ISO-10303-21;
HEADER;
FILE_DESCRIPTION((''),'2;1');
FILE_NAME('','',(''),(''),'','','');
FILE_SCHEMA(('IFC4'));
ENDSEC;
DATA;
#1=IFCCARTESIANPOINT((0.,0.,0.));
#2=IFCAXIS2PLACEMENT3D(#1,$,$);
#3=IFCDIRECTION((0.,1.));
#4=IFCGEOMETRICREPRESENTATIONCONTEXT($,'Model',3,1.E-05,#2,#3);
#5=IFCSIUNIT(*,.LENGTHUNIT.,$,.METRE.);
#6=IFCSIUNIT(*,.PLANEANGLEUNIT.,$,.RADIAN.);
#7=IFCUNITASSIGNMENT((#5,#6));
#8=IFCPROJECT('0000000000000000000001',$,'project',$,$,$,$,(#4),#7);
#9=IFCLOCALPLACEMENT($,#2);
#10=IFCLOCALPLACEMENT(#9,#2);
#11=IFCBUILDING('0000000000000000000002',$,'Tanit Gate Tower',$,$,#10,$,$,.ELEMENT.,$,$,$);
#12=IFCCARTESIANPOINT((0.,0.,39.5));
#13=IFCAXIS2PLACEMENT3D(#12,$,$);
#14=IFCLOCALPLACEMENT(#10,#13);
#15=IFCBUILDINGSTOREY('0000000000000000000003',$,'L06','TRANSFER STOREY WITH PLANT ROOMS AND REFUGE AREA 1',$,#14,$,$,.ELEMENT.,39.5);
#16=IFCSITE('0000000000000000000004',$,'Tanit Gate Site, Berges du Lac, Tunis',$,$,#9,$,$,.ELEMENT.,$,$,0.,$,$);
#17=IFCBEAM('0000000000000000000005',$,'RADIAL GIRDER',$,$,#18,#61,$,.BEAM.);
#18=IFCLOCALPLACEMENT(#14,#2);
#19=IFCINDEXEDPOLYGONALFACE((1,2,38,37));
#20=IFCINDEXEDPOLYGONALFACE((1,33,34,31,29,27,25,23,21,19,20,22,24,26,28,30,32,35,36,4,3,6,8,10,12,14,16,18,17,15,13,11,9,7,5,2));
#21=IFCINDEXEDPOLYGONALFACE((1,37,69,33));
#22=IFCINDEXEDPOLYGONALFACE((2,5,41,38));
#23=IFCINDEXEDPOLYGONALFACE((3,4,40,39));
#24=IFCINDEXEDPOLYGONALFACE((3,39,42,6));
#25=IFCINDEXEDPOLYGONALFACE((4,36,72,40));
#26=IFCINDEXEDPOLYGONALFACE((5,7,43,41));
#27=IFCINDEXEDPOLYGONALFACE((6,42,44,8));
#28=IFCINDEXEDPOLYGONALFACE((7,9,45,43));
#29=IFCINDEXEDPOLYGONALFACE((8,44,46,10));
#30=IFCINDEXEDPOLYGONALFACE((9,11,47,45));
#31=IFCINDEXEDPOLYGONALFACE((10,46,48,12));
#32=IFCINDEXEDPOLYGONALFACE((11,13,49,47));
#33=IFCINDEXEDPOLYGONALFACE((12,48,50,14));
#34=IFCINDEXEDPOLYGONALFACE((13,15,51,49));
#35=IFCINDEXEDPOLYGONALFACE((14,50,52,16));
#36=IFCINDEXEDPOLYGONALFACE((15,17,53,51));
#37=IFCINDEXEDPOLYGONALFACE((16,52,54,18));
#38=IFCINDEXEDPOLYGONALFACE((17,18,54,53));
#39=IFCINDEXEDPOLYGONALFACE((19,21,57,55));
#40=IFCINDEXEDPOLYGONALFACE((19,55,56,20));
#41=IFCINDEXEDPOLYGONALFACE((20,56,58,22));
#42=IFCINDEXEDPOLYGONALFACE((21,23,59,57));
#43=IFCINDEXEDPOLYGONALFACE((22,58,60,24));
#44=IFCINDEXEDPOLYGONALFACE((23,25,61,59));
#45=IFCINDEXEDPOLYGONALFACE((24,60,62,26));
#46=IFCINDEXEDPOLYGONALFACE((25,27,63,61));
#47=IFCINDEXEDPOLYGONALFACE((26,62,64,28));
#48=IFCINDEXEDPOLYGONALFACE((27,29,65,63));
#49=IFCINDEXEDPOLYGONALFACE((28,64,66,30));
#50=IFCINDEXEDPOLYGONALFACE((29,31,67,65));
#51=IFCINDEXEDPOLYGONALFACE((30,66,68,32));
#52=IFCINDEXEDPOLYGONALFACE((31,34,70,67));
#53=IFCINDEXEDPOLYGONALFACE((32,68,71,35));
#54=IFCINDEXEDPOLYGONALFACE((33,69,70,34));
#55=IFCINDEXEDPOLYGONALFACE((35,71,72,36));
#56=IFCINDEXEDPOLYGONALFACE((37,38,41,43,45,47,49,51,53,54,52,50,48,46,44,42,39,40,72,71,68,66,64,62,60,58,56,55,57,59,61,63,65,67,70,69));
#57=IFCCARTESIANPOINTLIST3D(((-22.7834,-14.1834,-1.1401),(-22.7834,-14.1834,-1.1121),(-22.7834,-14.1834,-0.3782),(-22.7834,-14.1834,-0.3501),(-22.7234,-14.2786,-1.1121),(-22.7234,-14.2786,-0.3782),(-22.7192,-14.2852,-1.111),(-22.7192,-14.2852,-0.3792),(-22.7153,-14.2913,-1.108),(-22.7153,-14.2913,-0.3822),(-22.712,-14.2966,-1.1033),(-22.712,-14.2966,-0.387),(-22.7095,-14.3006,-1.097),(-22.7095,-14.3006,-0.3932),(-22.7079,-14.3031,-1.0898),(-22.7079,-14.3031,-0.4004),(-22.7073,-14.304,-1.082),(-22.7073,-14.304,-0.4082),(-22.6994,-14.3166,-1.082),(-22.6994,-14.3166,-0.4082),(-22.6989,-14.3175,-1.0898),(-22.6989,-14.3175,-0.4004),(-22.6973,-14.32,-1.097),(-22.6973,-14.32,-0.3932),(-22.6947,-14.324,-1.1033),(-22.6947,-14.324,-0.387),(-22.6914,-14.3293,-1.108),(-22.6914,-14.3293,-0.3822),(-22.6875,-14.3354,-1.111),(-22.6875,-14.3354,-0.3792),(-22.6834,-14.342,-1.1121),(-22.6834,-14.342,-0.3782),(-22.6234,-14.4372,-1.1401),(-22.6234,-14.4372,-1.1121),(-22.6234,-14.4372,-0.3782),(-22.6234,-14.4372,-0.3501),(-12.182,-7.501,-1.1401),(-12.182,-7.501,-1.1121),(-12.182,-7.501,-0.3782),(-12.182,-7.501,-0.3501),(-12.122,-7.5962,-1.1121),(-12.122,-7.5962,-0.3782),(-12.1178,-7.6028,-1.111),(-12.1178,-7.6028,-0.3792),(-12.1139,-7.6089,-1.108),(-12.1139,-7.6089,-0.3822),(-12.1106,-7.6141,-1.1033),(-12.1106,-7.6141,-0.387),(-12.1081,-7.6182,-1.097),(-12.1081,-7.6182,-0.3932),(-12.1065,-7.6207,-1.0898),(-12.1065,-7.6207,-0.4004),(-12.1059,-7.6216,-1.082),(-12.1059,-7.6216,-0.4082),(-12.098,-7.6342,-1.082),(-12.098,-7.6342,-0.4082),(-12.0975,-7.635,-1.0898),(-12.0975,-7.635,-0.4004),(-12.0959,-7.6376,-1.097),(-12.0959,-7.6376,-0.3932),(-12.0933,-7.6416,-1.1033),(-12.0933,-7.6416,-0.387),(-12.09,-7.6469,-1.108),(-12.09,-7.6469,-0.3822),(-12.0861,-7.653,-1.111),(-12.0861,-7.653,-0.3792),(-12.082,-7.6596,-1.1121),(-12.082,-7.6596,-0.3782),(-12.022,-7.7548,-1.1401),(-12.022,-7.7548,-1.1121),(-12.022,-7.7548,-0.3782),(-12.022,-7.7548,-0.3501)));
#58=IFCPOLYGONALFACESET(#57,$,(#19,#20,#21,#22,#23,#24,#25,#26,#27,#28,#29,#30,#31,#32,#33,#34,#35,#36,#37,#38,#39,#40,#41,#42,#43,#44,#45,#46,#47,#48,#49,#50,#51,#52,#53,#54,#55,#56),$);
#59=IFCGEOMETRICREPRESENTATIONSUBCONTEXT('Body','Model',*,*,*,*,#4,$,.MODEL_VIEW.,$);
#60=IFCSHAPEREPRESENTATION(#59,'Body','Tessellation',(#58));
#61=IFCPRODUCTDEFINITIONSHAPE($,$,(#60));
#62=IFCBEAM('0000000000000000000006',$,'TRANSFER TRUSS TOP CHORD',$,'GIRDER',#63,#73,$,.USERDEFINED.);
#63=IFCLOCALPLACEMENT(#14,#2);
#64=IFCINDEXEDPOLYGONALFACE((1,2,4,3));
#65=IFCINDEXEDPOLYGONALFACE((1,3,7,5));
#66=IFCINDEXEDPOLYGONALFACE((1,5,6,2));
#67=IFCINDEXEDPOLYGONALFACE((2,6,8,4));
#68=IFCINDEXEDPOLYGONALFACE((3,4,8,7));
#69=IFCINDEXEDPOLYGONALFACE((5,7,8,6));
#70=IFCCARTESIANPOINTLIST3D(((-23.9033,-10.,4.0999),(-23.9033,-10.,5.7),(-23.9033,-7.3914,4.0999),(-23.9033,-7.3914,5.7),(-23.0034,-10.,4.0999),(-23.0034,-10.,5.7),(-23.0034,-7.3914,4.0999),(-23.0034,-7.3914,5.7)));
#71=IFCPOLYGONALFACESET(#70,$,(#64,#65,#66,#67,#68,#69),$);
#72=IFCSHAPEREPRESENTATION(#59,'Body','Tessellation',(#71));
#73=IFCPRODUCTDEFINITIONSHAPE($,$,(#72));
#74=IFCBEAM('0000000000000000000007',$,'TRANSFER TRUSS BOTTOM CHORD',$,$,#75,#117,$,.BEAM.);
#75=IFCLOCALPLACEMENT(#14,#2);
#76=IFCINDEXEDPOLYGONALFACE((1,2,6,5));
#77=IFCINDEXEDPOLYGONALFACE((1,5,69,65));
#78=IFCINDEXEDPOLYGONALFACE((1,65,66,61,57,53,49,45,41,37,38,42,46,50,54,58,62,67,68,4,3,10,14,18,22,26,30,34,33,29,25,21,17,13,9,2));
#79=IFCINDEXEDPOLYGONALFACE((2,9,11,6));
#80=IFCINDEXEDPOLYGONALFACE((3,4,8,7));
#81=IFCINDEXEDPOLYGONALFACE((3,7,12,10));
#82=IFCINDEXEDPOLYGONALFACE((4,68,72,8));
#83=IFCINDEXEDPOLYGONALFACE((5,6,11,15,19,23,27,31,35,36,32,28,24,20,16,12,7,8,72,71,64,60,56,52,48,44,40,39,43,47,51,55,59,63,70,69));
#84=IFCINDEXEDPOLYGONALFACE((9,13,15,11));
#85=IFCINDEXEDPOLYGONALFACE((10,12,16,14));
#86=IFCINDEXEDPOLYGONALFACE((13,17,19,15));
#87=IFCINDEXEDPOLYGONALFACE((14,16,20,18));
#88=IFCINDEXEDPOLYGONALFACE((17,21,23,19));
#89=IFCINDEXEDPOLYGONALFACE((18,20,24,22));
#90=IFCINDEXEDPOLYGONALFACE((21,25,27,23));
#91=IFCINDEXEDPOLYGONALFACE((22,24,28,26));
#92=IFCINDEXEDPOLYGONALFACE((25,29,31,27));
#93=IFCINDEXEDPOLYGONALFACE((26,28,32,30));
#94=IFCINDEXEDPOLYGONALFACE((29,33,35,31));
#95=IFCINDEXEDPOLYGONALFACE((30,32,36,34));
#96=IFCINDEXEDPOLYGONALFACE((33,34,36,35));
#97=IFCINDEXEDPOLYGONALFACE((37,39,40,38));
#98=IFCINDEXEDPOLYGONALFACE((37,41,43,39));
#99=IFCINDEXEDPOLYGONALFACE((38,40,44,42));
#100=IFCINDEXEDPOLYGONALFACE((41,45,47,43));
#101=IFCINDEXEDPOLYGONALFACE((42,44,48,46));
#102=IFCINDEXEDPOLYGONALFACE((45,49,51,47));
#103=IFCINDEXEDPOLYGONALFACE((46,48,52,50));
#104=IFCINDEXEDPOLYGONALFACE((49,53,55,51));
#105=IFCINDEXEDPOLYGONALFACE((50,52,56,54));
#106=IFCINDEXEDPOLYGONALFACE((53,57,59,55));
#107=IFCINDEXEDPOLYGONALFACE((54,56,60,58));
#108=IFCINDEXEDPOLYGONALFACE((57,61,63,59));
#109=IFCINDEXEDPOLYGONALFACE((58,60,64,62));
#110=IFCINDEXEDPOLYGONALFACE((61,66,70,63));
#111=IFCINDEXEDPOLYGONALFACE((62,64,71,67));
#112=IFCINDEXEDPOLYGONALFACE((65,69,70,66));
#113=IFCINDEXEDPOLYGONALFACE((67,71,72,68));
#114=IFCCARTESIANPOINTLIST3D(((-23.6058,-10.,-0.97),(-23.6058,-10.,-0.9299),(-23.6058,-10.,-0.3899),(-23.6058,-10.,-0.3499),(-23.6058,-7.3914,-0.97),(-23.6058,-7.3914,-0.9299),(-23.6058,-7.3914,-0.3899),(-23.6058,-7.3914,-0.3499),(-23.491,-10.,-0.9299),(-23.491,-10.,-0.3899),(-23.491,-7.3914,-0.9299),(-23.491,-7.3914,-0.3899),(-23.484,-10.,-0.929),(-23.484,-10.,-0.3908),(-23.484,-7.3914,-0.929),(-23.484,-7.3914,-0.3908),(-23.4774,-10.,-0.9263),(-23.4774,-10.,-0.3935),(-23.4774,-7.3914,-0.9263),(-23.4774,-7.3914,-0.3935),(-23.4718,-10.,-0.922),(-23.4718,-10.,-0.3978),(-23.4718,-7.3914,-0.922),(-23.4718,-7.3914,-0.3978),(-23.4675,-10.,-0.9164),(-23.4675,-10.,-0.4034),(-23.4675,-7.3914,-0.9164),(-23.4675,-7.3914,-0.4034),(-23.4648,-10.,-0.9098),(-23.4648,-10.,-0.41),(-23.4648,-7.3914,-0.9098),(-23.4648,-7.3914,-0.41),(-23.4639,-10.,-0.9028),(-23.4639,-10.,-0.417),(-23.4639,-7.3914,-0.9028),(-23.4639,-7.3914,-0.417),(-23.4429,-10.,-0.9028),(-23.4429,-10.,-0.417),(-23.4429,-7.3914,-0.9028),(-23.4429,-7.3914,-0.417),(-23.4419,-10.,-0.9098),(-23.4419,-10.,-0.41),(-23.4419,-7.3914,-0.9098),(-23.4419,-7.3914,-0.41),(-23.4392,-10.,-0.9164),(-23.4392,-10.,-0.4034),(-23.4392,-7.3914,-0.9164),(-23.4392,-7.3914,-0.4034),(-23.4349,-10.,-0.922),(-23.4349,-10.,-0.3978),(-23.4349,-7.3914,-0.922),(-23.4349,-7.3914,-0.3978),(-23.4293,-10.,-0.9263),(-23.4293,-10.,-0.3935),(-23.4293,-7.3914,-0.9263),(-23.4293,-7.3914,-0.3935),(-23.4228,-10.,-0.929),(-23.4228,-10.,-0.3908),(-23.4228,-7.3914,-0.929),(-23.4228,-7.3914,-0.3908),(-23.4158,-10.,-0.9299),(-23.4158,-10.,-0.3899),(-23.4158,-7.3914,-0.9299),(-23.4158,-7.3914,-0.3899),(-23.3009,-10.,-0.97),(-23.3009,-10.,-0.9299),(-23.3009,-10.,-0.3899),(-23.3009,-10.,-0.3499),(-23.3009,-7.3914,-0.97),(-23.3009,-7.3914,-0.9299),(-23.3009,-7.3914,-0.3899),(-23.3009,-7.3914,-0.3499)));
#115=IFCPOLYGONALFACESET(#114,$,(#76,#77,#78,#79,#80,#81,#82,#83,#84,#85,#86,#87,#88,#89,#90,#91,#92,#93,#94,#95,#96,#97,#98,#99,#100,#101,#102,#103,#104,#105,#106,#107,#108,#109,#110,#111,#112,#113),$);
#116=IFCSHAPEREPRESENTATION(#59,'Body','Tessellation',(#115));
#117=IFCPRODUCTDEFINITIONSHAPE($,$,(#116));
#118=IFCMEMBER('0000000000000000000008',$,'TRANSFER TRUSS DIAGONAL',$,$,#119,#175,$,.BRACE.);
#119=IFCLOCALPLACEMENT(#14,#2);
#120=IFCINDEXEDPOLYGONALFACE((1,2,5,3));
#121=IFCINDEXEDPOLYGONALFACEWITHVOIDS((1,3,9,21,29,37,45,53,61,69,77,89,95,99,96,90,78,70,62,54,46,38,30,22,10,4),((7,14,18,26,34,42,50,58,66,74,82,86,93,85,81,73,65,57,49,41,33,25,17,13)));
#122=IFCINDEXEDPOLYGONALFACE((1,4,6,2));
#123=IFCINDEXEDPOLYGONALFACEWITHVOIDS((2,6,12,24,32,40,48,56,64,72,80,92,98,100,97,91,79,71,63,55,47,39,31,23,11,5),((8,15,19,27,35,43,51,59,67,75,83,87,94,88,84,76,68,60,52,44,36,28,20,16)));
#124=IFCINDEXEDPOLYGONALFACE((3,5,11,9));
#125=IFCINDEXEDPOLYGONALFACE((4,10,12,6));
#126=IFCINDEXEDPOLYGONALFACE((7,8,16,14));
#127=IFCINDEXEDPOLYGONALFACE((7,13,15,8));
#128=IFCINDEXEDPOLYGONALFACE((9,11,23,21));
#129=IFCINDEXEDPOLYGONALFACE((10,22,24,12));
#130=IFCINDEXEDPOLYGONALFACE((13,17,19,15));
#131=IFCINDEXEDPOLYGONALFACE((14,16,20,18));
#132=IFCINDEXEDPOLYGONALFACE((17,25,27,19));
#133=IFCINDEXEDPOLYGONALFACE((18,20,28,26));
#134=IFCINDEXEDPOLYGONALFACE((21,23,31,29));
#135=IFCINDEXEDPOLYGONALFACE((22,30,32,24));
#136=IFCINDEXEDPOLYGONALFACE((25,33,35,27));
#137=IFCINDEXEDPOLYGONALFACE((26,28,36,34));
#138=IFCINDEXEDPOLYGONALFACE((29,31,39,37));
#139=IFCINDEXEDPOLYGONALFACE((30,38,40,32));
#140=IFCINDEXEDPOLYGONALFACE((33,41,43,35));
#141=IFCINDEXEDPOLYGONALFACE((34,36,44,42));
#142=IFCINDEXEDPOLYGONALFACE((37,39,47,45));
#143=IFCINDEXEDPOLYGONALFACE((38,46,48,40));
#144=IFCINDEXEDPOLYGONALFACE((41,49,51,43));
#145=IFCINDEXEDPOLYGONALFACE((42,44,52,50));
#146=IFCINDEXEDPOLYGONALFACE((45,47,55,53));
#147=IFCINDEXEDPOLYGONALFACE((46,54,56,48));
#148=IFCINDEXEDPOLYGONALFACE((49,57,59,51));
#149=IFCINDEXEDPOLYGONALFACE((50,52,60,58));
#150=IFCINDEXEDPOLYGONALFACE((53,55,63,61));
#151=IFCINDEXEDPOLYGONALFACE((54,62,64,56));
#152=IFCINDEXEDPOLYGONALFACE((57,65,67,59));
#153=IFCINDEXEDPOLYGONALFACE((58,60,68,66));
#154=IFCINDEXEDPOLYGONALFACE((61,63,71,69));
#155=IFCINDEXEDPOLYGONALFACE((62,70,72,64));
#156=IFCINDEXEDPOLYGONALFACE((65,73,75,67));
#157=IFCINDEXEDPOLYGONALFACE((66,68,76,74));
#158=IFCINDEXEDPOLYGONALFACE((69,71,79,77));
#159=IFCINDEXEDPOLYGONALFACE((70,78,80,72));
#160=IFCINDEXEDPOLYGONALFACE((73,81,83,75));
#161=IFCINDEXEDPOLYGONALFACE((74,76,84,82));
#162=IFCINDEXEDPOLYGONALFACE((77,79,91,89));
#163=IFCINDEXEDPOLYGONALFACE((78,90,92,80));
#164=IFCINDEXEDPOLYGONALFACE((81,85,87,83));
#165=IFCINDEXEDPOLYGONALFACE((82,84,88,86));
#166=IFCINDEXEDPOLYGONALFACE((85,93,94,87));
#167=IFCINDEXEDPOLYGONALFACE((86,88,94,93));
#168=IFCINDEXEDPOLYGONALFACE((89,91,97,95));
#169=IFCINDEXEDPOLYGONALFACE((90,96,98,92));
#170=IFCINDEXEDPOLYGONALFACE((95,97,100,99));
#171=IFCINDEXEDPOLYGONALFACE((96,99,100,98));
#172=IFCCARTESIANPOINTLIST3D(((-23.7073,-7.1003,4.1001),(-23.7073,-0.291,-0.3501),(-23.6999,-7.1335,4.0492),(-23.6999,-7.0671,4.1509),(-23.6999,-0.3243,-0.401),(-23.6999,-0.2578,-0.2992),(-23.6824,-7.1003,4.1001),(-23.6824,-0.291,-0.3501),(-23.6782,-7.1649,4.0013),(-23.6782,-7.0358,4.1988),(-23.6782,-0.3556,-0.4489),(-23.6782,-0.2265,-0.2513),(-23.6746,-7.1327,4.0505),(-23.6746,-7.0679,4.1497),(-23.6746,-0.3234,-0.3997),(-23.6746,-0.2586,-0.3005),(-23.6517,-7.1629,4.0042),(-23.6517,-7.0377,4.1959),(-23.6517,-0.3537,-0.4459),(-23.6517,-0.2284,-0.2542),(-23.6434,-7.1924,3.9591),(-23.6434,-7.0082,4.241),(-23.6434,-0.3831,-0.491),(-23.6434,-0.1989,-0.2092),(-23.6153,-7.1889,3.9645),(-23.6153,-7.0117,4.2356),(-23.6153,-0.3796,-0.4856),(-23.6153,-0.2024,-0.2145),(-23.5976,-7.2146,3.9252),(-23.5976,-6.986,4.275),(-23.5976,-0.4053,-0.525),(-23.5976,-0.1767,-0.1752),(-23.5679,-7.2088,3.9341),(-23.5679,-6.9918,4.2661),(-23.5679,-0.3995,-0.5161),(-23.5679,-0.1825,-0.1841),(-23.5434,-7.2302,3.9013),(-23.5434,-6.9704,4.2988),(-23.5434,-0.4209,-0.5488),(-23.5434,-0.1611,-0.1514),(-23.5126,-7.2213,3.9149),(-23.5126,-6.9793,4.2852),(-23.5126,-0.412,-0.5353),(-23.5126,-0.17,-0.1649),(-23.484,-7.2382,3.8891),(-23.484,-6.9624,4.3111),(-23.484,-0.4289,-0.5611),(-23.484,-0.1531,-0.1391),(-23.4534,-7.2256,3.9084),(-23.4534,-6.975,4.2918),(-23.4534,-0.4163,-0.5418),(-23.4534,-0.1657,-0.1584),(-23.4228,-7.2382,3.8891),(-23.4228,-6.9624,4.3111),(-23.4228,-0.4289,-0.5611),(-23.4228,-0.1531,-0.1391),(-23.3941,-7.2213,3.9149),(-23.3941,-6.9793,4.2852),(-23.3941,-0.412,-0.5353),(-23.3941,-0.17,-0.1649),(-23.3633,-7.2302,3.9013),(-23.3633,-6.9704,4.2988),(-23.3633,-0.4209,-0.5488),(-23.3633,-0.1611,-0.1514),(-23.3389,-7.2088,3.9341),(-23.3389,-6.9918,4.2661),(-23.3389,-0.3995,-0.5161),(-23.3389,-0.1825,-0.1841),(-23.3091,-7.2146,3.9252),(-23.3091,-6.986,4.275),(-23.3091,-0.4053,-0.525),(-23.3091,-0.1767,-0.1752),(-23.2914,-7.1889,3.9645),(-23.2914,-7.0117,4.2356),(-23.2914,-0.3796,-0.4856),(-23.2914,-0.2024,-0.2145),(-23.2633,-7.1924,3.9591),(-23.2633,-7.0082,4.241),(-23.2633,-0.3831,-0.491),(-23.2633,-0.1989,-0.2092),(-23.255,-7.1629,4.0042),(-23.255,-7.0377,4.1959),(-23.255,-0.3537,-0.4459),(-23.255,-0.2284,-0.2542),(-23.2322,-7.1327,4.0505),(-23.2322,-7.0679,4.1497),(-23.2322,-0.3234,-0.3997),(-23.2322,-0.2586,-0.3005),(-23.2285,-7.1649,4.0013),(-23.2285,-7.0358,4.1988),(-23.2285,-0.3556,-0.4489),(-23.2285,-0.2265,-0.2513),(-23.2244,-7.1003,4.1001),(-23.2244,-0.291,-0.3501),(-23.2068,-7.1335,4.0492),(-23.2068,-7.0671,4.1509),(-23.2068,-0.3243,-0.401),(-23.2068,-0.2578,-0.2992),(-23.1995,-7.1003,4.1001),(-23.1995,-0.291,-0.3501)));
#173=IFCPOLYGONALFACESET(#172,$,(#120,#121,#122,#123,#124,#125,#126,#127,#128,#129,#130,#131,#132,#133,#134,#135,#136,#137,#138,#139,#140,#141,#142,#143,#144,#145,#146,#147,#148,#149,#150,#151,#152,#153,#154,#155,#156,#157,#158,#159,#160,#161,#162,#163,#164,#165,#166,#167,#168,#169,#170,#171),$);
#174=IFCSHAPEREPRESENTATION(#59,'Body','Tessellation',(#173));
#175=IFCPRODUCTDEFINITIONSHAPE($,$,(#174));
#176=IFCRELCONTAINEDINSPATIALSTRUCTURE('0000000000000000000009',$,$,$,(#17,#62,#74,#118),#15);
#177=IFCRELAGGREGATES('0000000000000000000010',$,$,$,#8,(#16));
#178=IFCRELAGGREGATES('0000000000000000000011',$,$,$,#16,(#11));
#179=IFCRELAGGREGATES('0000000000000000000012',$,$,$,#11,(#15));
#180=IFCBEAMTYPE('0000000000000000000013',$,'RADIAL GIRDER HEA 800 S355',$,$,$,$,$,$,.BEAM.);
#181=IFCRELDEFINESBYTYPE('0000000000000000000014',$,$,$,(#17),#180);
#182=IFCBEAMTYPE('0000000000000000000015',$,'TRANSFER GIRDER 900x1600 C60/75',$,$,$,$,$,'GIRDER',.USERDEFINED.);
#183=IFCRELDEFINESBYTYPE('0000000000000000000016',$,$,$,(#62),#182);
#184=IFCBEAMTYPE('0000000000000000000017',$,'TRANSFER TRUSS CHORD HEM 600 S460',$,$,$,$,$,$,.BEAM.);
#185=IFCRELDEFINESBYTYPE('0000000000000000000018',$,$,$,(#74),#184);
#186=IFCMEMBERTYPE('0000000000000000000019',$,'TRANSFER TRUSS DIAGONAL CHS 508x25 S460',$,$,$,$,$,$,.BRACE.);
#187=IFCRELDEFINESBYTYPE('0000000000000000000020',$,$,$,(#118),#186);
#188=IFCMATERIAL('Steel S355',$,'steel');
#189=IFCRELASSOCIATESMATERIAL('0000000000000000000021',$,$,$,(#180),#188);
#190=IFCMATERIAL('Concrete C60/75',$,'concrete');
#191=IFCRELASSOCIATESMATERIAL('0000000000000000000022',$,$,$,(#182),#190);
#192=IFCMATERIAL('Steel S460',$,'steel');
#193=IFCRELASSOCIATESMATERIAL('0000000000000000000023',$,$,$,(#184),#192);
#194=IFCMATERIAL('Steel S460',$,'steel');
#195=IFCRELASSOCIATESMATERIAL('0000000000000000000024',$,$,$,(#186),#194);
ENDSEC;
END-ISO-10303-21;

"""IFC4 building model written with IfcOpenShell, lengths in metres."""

from ifc_helpers import new_model, si_unit, direction, frame, origin, origin_2d, place, context, subcontext, project, spatial, rectangle, hollow_circle, i_section, extrude, material, material_profile, profile_set, type_object, element, save


model = new_model("IFC4")

# Units and contexts
model_context = context("Model", 3, precision=1e-05, world=origin(), true_north=direction((0.0, 1.0)))
body_context = subcontext(model_context, "Body", "Model", "MODEL_VIEW")
ifc_project = project(units=[si_unit("LENGTHUNIT", "METRE"), si_unit("PLANEANGLEUNIT", "RADIAN")], contexts=[model_context])

# Site, building, storey
site_placement = place(None, origin())
site = spatial("IfcSite", under=ifc_project, at=site_placement, Name="Tanit Gate Site, Berges du Lac, Tunis", CompositionType="ELEMENT", RefElevation=0.0)
building_placement = place(site_placement, origin())
building = spatial("IfcBuilding", under=site, at=building_placement, Name="Tanit Gate Tower", CompositionType="ELEMENT")
storey_placement = place(building_placement, frame((0.0, 0.0, 39.5)))
storey = spatial("IfcBuildingStorey", under=building, at=storey_placement, Name="L06", Description="TRANSFER STOREY WITH PLANT ROOMS AND REFUGE AREA 1", CompositionType="ELEMENT", Elevation=39.5)

# Beams
ifc_material_1 = material(Name="Steel S355", Category="steel")
ifc_material_profile_1 = material_profile(ifc_material_1, i_section(OverallWidth=0.3, OverallDepth=0.79, WebThickness=0.0149, FlangeThickness=0.0281, FilletRadius=0.03, at=origin_2d()), Name="HEA 800")
ifc_profile_set_1 = profile_set([ifc_material_profile_1], Name="Steel S355")
beam_type_1 = type_object("IfcBeamType", Name="RADIAL GIRDER HEA 800 S355", PredefinedType="BEAM", material=ifc_profile_set_1)
beam_1_placement = place(storey_placement, frame((-22.7034, -14.3103, -0.7451), z_axis=(0.845964, 0.53324, 0.0), x_axis=(-0.53324, 0.845964, 0.0)))
element("IfcBeam", 1, at=beam_1_placement, inside=storey, type_object=beam_type_1, Name="RADIAL GIRDER", PredefinedType="BEAM", context=body_context, shape_type="SweptSolid", body=[
    extrude(i_section(OverallWidth=0.3, OverallDepth=0.79, WebThickness=0.0149, FlangeThickness=0.0281, FilletRadius=0.03, at=origin_2d()), origin(), (0.0, 0.0, 1.0), 12.5317),
])
ifc_material_2 = material(Name="Concrete C60/75", Category="concrete")
ifc_material_profile_2 = material_profile(ifc_material_2, rectangle(XDim=0.8999, YDim=1.6001, at=origin_2d()), Name="RC 900x1600")
ifc_profile_set_2 = profile_set([ifc_material_profile_2], Name="Concrete C60/75")
beam_type_2 = type_object("IfcBeamType", Name="TRANSFER GIRDER 900x1600 C60/75", ElementType="GIRDER", PredefinedType="USERDEFINED", material=ifc_profile_set_2)
beam_2_placement = place(storey_placement, frame((-23.4534, -7.3914, 4.8999), z_axis=(0.0, -1.0, 0.0), x_axis=(1.0, 0.0, 0.0)))
element("IfcBeam", 2, at=beam_2_placement, inside=storey, type_object=beam_type_2, Name="TRANSFER TRUSS TOP CHORD", ObjectType="GIRDER", PredefinedType="USERDEFINED", context=body_context, shape_type="SweptSolid", body=[
    extrude(rectangle(XDim=0.8999, YDim=1.6001, at=origin_2d()), origin(), (0.0, 0.0, 1.0), 2.6086),
])
ifc_material_3 = material(Name="Steel S460", Category="steel")
ifc_material_profile_3 = material_profile(ifc_material_3, i_section(OverallWidth=0.3049, OverallDepth=0.6201, WebThickness=0.021, FlangeThickness=0.04, FilletRadius=0.0271, at=origin_2d()), Name="HEM 600")
ifc_profile_set_3 = profile_set([ifc_material_profile_3], Name="Steel S460")
beam_type_3 = type_object("IfcBeamType", Name="TRANSFER TRUSS CHORD HEM 600 S460", PredefinedType="BEAM", material=ifc_profile_set_3)
beam_3_placement = place(storey_placement, frame((-23.4534, -7.3914, -0.6599), z_axis=(0.0, -1.0, 0.0), x_axis=(1.0, 0.0, 0.0)))
element("IfcBeam", 3, at=beam_3_placement, inside=storey, type_object=beam_type_3, Name="TRANSFER TRUSS BOTTOM CHORD", PredefinedType="BEAM", context=body_context, shape_type="SweptSolid", body=[
    extrude(i_section(OverallWidth=0.3049, OverallDepth=0.6201, WebThickness=0.021, FlangeThickness=0.04, FilletRadius=0.0271, at=origin_2d()), origin(), (0.0, 0.0, 1.0), 2.6086),
])

# Member
ifc_material_4 = material(Name="Steel S460", Category="steel")
ifc_material_profile_4 = material_profile(ifc_material_4, hollow_circle(Radius=0.2539, WallThickness=0.0249, at=origin_2d()), Name="CHS 508x25")
ifc_profile_set_4 = profile_set([ifc_material_profile_4], Name="Steel S460")
member_type_1 = type_object("IfcMemberType", Name="TRANSFER TRUSS DIAGONAL CHS 508x25 S460", PredefinedType="BRACE", material=ifc_profile_set_4)
member_1_placement = place(storey_placement, frame((-23.4534, -0.291, -0.3501), z_axis=(0.0, -0.837085, 0.547072), x_axis=(1.0, 0.0, 0.0)))
element("IfcMember", 4, at=member_1_placement, inside=storey, type_object=member_type_1, Name="TRANSFER TRUSS DIAGONAL", PredefinedType="BRACE", context=body_context, shape_type="SweptSolid", body=[
    extrude(hollow_circle(Radius=0.2539, WallThickness=0.0249, at=origin_2d()), origin(), (0.0, 0.0, 1.0), 8.1345),
])

save(model, "model.ifc")
